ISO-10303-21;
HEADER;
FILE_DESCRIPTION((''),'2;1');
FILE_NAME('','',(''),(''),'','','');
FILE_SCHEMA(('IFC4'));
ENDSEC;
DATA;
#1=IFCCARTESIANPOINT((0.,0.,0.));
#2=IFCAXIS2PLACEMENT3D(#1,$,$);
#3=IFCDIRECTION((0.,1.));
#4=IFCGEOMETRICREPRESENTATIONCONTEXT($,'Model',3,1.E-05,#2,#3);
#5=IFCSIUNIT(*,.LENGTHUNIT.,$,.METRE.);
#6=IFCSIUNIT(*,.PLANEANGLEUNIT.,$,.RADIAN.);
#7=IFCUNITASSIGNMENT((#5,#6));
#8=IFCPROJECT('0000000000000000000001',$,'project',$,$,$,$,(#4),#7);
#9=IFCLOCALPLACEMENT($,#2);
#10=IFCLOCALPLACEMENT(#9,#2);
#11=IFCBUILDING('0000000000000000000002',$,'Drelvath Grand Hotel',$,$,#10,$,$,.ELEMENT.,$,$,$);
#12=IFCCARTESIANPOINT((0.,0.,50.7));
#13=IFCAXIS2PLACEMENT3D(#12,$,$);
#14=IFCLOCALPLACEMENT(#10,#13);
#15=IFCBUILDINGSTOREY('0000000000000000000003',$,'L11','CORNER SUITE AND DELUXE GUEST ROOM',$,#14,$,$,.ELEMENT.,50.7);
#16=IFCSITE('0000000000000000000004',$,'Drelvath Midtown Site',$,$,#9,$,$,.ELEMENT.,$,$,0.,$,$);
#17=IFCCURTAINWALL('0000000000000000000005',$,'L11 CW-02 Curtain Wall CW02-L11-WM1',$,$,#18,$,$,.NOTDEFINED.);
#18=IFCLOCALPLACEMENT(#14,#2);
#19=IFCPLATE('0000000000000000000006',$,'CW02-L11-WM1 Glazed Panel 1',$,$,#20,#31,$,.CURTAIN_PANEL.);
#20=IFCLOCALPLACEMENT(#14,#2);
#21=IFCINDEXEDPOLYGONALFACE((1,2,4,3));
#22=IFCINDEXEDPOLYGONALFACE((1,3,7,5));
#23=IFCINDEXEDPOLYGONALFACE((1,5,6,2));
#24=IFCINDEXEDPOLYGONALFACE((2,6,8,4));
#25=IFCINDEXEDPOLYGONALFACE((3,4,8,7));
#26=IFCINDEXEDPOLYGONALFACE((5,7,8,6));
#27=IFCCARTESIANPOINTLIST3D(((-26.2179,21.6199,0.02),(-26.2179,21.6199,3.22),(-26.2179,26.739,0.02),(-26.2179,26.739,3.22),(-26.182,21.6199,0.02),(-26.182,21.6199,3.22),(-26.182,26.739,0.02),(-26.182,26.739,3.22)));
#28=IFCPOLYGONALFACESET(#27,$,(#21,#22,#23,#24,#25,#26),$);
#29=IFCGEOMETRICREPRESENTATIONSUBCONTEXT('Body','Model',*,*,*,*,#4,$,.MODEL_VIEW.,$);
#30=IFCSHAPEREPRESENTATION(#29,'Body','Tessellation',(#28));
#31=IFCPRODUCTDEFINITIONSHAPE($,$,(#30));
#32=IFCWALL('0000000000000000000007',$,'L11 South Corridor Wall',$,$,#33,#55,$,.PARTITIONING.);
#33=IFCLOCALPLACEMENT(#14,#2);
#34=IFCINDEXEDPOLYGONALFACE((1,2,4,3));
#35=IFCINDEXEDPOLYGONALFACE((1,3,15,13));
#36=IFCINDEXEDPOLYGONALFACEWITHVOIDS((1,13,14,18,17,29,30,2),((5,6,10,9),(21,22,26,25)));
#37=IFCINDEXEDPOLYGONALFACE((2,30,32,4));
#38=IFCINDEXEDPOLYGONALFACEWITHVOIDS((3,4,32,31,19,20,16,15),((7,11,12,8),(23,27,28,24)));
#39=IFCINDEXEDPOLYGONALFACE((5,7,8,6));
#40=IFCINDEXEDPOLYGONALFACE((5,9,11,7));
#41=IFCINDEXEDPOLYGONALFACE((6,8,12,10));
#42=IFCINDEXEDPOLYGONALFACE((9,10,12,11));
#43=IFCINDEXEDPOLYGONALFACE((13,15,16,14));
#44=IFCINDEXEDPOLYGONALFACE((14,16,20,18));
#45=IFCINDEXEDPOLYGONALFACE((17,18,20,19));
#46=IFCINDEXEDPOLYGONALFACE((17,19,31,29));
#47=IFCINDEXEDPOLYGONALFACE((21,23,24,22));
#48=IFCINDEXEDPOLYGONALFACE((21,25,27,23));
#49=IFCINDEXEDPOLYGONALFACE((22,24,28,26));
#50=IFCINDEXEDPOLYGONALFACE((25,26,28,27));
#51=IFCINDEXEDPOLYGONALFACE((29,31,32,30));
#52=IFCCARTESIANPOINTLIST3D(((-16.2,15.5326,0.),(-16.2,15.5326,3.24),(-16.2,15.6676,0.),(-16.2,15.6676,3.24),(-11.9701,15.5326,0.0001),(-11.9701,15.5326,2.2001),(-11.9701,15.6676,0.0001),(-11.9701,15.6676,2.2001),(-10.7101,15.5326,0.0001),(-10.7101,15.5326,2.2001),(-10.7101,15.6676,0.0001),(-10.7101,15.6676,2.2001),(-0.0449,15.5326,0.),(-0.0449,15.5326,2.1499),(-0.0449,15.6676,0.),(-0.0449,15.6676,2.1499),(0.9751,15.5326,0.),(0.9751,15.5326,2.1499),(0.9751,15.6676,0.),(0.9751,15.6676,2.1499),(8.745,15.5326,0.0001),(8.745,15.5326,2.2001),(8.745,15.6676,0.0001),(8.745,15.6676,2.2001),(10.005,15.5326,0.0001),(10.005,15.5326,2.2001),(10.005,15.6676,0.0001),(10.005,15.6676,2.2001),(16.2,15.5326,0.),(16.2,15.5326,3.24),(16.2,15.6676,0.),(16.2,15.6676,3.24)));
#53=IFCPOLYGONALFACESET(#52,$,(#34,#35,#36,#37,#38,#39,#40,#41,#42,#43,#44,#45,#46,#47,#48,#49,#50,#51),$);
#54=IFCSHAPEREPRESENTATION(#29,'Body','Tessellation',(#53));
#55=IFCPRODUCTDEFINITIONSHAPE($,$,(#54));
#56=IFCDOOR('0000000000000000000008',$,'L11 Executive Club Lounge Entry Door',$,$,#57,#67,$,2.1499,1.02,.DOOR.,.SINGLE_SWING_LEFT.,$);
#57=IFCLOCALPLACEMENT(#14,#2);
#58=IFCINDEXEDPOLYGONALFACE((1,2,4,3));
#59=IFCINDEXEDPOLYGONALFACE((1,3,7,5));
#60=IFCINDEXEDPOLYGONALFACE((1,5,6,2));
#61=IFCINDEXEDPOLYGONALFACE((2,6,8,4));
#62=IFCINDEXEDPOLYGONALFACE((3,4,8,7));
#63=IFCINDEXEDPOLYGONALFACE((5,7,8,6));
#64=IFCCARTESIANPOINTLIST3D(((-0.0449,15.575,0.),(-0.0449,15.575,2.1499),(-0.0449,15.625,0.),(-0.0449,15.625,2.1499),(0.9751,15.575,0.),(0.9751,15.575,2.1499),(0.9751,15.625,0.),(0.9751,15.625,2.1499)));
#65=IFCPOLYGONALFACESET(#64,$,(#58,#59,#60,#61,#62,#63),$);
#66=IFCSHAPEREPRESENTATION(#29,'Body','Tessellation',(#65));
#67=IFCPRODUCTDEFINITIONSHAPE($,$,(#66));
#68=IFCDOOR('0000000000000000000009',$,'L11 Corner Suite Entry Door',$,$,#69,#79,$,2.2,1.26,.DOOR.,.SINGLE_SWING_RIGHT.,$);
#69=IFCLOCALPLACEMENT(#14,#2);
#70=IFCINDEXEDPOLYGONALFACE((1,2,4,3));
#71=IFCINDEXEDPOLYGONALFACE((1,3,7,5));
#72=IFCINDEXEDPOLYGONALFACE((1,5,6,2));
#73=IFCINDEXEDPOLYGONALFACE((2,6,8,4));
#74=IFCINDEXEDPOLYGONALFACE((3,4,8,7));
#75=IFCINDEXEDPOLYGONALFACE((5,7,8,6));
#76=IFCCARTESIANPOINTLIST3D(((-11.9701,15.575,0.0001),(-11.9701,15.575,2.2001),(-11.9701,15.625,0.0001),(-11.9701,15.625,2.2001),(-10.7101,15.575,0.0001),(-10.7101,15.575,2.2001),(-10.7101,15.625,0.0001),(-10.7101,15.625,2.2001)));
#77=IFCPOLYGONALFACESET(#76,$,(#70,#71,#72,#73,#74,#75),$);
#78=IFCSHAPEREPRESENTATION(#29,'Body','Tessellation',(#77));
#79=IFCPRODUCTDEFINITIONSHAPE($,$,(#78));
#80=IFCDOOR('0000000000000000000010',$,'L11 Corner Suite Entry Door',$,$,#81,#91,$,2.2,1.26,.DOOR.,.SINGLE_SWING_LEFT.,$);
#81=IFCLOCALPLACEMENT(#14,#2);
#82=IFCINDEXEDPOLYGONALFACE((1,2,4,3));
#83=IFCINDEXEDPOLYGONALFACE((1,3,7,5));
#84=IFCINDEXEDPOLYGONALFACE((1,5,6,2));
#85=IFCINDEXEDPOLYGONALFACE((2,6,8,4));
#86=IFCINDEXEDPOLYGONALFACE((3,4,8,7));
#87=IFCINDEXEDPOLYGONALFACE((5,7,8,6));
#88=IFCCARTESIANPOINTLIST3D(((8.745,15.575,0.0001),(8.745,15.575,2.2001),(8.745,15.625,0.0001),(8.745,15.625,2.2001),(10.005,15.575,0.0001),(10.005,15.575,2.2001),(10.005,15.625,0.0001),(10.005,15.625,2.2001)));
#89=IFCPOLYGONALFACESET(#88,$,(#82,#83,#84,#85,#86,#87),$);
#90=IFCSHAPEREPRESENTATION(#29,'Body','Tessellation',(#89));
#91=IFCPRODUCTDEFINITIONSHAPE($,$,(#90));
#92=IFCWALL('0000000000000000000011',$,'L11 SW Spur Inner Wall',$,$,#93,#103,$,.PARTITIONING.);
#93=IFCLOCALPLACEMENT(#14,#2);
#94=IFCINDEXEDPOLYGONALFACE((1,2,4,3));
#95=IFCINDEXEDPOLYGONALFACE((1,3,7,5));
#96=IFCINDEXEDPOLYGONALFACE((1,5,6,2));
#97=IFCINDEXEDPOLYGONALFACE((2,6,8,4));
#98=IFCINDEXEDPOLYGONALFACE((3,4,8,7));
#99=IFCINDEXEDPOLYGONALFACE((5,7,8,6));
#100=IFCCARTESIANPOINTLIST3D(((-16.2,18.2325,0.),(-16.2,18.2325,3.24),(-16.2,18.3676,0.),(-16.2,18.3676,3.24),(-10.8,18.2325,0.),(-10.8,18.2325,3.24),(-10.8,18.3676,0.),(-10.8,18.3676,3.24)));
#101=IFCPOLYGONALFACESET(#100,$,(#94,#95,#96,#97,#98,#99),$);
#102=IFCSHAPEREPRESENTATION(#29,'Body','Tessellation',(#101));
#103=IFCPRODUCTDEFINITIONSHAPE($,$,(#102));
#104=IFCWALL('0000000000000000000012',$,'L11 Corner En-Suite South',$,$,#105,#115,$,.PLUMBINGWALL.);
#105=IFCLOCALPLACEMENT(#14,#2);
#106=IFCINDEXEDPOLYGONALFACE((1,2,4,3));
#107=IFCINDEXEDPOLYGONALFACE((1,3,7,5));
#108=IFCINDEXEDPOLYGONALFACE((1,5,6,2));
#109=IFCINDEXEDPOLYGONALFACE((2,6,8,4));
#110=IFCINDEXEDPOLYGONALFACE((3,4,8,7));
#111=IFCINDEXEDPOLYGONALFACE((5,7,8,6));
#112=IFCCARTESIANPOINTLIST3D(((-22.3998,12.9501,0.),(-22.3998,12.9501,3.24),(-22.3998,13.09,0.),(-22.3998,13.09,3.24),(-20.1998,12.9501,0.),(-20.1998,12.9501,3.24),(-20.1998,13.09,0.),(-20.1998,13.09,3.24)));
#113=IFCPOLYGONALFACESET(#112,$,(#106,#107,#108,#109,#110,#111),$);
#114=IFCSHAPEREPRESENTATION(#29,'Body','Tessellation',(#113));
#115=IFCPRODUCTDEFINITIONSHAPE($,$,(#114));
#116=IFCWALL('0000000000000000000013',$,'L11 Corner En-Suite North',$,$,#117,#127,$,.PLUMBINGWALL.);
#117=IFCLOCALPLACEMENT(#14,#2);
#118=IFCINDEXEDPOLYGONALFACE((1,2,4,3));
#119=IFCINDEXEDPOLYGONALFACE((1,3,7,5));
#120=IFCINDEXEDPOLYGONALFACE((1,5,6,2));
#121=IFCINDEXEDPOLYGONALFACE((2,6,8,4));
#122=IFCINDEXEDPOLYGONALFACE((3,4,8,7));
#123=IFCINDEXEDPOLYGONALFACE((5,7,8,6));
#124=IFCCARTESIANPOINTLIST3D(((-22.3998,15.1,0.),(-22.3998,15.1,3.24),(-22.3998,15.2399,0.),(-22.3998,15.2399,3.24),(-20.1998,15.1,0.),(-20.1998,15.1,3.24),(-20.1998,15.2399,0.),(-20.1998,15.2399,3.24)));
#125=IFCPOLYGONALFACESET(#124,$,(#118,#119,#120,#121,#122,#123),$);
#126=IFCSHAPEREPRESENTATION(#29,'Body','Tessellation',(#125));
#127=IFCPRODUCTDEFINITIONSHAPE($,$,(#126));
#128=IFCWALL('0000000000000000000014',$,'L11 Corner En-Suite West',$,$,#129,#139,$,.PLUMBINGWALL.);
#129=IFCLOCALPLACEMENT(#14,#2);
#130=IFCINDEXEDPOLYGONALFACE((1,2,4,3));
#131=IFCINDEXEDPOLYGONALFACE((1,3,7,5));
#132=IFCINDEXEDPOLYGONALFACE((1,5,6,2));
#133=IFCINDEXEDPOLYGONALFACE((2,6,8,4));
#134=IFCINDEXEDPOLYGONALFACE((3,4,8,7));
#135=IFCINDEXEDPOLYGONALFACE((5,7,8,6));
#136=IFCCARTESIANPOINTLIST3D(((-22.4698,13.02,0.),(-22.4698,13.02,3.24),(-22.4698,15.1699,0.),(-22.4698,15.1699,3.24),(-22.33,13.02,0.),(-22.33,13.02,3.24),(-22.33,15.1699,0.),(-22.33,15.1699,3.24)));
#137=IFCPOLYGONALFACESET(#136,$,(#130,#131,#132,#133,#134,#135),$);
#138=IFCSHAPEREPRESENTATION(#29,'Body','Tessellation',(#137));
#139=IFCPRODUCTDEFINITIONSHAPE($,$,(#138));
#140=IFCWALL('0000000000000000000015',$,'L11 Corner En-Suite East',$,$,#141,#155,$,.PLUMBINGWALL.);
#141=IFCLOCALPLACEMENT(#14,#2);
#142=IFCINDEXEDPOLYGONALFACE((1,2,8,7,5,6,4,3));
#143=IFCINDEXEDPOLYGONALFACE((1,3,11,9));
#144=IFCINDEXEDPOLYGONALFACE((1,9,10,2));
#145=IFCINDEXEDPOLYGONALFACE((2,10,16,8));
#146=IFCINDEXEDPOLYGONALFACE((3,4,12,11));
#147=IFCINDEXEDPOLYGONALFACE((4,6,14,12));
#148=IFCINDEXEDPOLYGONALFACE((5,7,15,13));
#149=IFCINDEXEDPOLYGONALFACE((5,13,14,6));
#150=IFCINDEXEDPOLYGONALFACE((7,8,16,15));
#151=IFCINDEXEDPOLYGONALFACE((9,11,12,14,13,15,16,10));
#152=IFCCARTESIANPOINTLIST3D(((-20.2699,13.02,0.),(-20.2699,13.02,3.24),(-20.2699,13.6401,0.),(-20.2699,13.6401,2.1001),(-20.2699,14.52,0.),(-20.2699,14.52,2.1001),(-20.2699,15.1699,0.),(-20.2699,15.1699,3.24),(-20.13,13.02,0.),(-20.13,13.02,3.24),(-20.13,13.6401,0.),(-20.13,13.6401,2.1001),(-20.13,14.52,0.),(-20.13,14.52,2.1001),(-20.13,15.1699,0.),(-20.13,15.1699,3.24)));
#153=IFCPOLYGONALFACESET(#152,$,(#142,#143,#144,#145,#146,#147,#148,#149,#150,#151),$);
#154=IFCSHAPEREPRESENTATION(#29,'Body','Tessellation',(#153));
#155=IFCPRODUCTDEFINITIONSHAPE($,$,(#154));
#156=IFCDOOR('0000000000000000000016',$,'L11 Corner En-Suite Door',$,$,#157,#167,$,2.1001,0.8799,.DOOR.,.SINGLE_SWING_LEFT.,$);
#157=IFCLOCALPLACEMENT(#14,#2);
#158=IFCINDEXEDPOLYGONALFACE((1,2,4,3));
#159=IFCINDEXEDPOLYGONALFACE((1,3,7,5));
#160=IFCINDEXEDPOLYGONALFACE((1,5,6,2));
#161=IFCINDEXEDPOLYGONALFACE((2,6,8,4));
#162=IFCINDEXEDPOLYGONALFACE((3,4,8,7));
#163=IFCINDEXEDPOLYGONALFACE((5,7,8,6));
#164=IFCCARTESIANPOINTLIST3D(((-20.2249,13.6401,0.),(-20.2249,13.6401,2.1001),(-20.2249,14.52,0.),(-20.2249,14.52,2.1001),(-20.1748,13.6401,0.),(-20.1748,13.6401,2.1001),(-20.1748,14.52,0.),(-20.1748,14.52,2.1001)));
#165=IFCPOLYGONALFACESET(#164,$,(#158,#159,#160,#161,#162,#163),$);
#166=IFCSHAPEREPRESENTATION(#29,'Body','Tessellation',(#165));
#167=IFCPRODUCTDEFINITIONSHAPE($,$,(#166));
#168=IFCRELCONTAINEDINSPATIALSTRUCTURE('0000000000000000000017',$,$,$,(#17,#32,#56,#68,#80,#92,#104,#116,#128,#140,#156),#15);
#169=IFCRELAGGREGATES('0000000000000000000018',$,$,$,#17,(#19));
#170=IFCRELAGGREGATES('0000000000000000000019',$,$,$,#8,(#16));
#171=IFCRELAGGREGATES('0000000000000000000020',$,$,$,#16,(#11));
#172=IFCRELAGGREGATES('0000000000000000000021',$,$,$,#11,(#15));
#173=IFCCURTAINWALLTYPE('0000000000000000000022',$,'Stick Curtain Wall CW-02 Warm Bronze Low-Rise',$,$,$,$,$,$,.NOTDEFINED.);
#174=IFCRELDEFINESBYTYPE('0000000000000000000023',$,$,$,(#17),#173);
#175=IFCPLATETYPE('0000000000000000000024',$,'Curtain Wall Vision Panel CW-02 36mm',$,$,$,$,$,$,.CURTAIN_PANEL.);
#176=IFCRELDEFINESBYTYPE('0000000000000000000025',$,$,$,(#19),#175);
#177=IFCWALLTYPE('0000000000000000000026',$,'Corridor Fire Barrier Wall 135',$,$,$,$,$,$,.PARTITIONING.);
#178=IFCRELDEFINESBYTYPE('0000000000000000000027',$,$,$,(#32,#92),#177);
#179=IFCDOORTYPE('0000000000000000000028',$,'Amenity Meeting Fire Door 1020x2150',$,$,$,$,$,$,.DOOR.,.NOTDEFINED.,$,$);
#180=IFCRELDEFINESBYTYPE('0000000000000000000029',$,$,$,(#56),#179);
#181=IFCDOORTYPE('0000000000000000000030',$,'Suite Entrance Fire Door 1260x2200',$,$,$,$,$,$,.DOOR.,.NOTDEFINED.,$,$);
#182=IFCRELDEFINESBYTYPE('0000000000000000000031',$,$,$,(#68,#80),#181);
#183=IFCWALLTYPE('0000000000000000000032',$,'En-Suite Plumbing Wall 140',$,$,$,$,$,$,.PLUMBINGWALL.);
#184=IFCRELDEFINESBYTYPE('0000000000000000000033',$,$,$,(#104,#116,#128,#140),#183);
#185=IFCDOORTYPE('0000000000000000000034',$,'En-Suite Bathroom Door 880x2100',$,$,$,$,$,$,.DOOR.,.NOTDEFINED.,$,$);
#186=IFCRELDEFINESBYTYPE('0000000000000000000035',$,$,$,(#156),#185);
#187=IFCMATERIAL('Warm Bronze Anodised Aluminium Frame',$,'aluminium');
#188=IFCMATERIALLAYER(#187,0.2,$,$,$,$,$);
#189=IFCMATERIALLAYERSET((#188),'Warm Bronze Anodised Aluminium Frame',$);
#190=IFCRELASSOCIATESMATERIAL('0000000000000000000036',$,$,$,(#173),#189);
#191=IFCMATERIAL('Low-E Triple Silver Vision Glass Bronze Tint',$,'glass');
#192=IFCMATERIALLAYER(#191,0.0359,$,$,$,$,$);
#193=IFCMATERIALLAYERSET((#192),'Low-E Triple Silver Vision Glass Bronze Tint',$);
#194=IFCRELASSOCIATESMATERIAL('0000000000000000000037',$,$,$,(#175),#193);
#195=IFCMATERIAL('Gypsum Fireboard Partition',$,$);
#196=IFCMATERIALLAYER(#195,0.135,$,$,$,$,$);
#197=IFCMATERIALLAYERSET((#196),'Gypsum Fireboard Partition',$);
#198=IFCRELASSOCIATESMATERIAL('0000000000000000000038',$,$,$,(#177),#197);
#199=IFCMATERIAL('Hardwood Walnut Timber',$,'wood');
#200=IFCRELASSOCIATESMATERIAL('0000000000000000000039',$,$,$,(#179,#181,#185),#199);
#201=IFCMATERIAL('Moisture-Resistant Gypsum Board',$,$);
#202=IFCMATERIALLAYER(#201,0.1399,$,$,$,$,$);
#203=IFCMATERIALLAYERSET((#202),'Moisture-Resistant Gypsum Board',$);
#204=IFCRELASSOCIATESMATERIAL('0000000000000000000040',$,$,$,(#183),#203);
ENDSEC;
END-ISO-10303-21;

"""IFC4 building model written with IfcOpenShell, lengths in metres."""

from ifc_helpers import new_model, si_unit, direction, frame, frame_2d, origin, origin_2d, place, context, subcontext, project, spatial, rectangle, extrude, material, layer, layer_set, type_object, element, fill, aggregate, save


model = new_model("IFC4")

# Units and contexts
model_context = context("Model", 3, precision=1e-05, world=origin(), true_north=direction((0.0, 1.0)))
body_context = subcontext(model_context, "Body", "Model", "MODEL_VIEW")
ifc_project = project(units=[si_unit("LENGTHUNIT", "METRE"), si_unit("PLANEANGLEUNIT", "RADIAN")], contexts=[model_context])

# Site, building, storey
site_placement = place(None, origin())
site = spatial("IfcSite", under=ifc_project, at=site_placement, Name="Drelvath Midtown Site", CompositionType="ELEMENT", RefElevation=0.0)
building_placement = place(site_placement, origin())
building = spatial("IfcBuilding", under=site, at=building_placement, Name="Drelvath Grand Hotel", CompositionType="ELEMENT")
storey_placement = place(building_placement, frame((0.0, 0.0, 50.7)))
storey = spatial("IfcBuildingStorey", under=building, at=storey_placement, Name="L11", Description="CORNER SUITE AND DELUXE GUEST ROOM", CompositionType="ELEMENT", Elevation=50.7)

# Curtain wall
ifc_material_1 = material(Name="Warm Bronze Anodised Aluminium Frame", Category="aluminium")
ifc_layer_1 = layer(ifc_material_1, 0.2)
ifc_layer_set_1 = layer_set([ifc_layer_1], Name="Warm Bronze Anodised Aluminium Frame")
curtain_wall_type = type_object("IfcCurtainWallType", Name="Stick Curtain Wall CW-02 Warm Bronze Low-Rise", PredefinedType="NOTDEFINED", material=ifc_layer_set_1)
curtain_wall_1_placement = place(storey_placement, origin())
curtain_wall_1 = element("IfcCurtainWall", 1, at=curtain_wall_1_placement, inside=storey, type_object=curtain_wall_type, Name="L11 CW-02 Curtain Wall CW02-L11-WM1", PredefinedType="NOTDEFINED")

# Plate
ifc_material_2 = material(Name="Low-E Triple Silver Vision Glass Bronze Tint", Category="glass")
ifc_layer_2 = layer(ifc_material_2, 0.0359)
ifc_layer_set_2 = layer_set([ifc_layer_2], Name="Low-E Triple Silver Vision Glass Bronze Tint")
plate_type = type_object("IfcPlateType", Name="Curtain Wall Vision Panel CW-02 36mm", PredefinedType="CURTAIN_PANEL", material=ifc_layer_set_2)
plate_1_placement = place(storey_placement, frame((-26.2, 24.1794, 0.02), z_axis=(0.0, 0.0, 1.0), x_axis=(0.0, 1.0, 0.0)))
plate_1 = element("IfcPlate", 2, at=plate_1_placement, type_object=plate_type, Name="CW02-L11-WM1 Glazed Panel 1", PredefinedType="CURTAIN_PANEL", context=body_context, shape_type="SweptSolid", body=[
    extrude(rectangle(XDim=5.1191, YDim=0.0359, at=origin_2d()), origin(), (0.0, 0.0, 1.0), 3.2),
])
aggregate(curtain_wall_1, [plate_1])

# Wall, openings, doors
ifc_material_3 = material(Name="Gypsum Fireboard Partition")
ifc_layer_3 = layer(ifc_material_3, 0.135)
ifc_layer_set_3 = layer_set([ifc_layer_3], Name="Gypsum Fireboard Partition")
wall_type_1 = type_object("IfcWallType", Name="Corridor Fire Barrier Wall 135", PredefinedType="PARTITIONING", material=ifc_layer_set_3)
wall_1_placement = place(storey_placement, frame((-16.2, 15.6001, 0.0), z_axis=(0.0, 0.0, 1.0), x_axis=(1.0, 0.0, 0.0)))
wall_1 = element("IfcWall", 3, at=wall_1_placement, inside=storey, type_object=wall_type_1, Name="L11 South Corridor Wall", PredefinedType="PARTITIONING", context=body_context, shape_type="SweptSolid", body=[
    extrude(rectangle(XDim=32.3999, YDim=0.135, at=frame_2d((16.2, 0.0))), origin(), (0.0, 0.0, 1.0), 3.24),
])
opening_1_placement = place(wall_1_placement, frame((4.23, 0.0, 0.0)))
opening_1 = element("IfcOpeningElement", 4, at=opening_1_placement, cuts=wall_1, PredefinedType="OPENING", context=body_context, shape_type="SweptSolid", body=[
    extrude(rectangle(XDim=1.26, YDim=2.2, at=frame_2d((0.6299, 1.1001))), frame((0.0, 0.0774, 0.0), z_axis=(0.0, -1.0, 0.0), x_axis=(1.0, 0.0, 0.0)), (0.0, 0.0, 1.0), 0.155),
])
opening_2_placement = place(wall_1_placement, frame((16.155, 0.0, 0.0)))
opening_2 = element("IfcOpeningElement", 5, at=opening_2_placement, cuts=wall_1, PredefinedType="OPENING", context=body_context, shape_type="SweptSolid", body=[
    extrude(rectangle(XDim=1.02, YDim=2.1499, at=frame_2d((0.51, 1.075))), frame((0.0, 0.0774, 0.0), z_axis=(0.0, -1.0, 0.0), x_axis=(1.0, 0.0, 0.0)), (0.0, 0.0, 1.0), 0.155),
])
opening_3_placement = place(wall_1_placement, frame((24.9451, 0.0, 0.0)))
opening_3 = element("IfcOpeningElement", 6, at=opening_3_placement, cuts=wall_1, PredefinedType="OPENING", context=body_context, shape_type="SweptSolid", body=[
    extrude(rectangle(XDim=1.26, YDim=2.2, at=frame_2d((0.6299, 1.1001))), frame((0.0, 0.0774, 0.0), z_axis=(0.0, -1.0, 0.0), x_axis=(1.0, 0.0, 0.0)), (0.0, 0.0, 1.0), 0.155),
])
ifc_material_4 = material(Name="Hardwood Walnut Timber", Category="wood")
door_type_1 = type_object("IfcDoorType", Name="Amenity Meeting Fire Door 1020x2150", OperationType="NOTDEFINED", PredefinedType="DOOR", material=ifc_material_4)
door_1_placement = place(opening_2_placement, origin())
door_1 = element("IfcDoor", 7, at=door_1_placement, inside=storey, type_object=door_type_1, Name="L11 Executive Club Lounge Entry Door", OperationType="SINGLE_SWING_LEFT", OverallHeight=2.1499, OverallWidth=1.02, PredefinedType="DOOR", context=body_context, shape_type="SweptSolid", body=[
    extrude(rectangle(XDim=1.02, YDim=2.1499, at=frame_2d((0.51, 1.075))), frame((0.0, 0.0249, 0.0), z_axis=(0.0, -1.0, 0.0), x_axis=(1.0, 0.0, 0.0)), (0.0, 0.0, 1.0), 0.05),
])
fill(opening_2, door_1)
door_type_2 = type_object("IfcDoorType", Name="Suite Entrance Fire Door 1260x2200", OperationType="NOTDEFINED", PredefinedType="DOOR", material=ifc_material_4)
door_2_placement = place(opening_1_placement, origin())
door_2 = element("IfcDoor", 8, at=door_2_placement, inside=storey, type_object=door_type_2, Name="L11 Corner Suite Entry Door", OperationType="SINGLE_SWING_RIGHT", OverallHeight=2.2, OverallWidth=1.26, PredefinedType="DOOR", context=body_context, shape_type="SweptSolid", body=[
    extrude(rectangle(XDim=1.26, YDim=2.2, at=frame_2d((0.6299, 1.1001))), frame((0.0, 0.0249, 0.0), z_axis=(0.0, -1.0, 0.0), x_axis=(1.0, 0.0, 0.0)), (0.0, 0.0, 1.0), 0.05),
])
fill(opening_1, door_2)
door_3_placement = place(opening_3_placement, origin())
door_3 = element("IfcDoor", 9, at=door_3_placement, inside=storey, type_object=door_type_2, Name="L11 Corner Suite Entry Door", OperationType="SINGLE_SWING_LEFT", OverallHeight=2.2, OverallWidth=1.26, PredefinedType="DOOR", context=body_context, shape_type="SweptSolid", body=[
    extrude(rectangle(XDim=1.26, YDim=2.2, at=frame_2d((0.6299, 1.1001))), frame((0.0, 0.0249, 0.0), z_axis=(0.0, -1.0, 0.0), x_axis=(1.0, 0.0, 0.0)), (0.0, 0.0, 1.0), 0.05),
])
fill(opening_3, door_3)

# Wall
wall_2_placement = place(storey_placement, frame((-16.2, 18.3, 0.0), z_axis=(0.0, 0.0, 1.0), x_axis=(1.0, 0.0, 0.0)))
element("IfcWall", 10, at=wall_2_placement, inside=storey, type_object=wall_type_1, Name="L11 SW Spur Inner Wall", PredefinedType="PARTITIONING", context=body_context, shape_type="SweptSolid", body=[
    extrude(rectangle(XDim=5.3999, YDim=0.135, at=frame_2d((2.7, 0.0))), origin(), (0.0, 0.0, 1.0), 3.24),
])

# Walls
ifc_material_5 = material(Name="Moisture-Resistant Gypsum Board")
ifc_layer_4 = layer(ifc_material_5, 0.1399)
ifc_layer_set_4 = layer_set([ifc_layer_4], Name="Moisture-Resistant Gypsum Board")
wall_type_2 = type_object("IfcWallType", Name="En-Suite Plumbing Wall 140", PredefinedType="PLUMBINGWALL", material=ifc_layer_set_4)
for number, where, z_axis, x_axis, name in (
    (11, (-22.3999, 13.02, 0.0), (0.0, 0.0, 1.0), (1.0, 0.0, 0.0), "L11 Corner En-Suite South"),
    (12, (-22.3999, 15.1699, 0.0), (0.0, 0.0, 1.0), (1.0, 0.0, 0.0), "L11 Corner En-Suite North"),
):
    element("IfcWall", number, at=place(storey_placement, frame(where, z_axis=z_axis, x_axis=x_axis)), inside=storey, type_object=wall_type_2, Name=name, PredefinedType="PLUMBINGWALL", context=body_context, shape_type="SweptSolid", body=[
        extrude(rectangle(XDim=2.2, YDim=0.1399, at=frame_2d((1.1001, 0.0))), origin(), (0.0, 0.0, 1.0), 3.24),
    ])
wall_3_placement = place(storey_placement, frame((-22.3999, 13.02, 0.0), z_axis=(0.0, 0.0, 1.0), x_axis=(0.0, 1.0, 0.0)))
element("IfcWall", 13, at=wall_3_placement, inside=storey, type_object=wall_type_2, Name="L11 Corner En-Suite West", PredefinedType="PLUMBINGWALL", context=body_context, shape_type="SweptSolid", body=[
    extrude(rectangle(XDim=2.1499, YDim=0.1399, at=frame_2d((1.075, 0.0))), origin(), (0.0, 0.0, 1.0), 3.24),
])

# Wall, opening, door
wall_4_placement = place(storey_placement, frame((-20.2, 13.02, 0.0), z_axis=(0.0, 0.0, 1.0), x_axis=(0.0, 1.0, 0.0)))
wall_4 = element("IfcWall", 14, at=wall_4_placement, inside=storey, type_object=wall_type_2, Name="L11 Corner En-Suite East", PredefinedType="PLUMBINGWALL", context=body_context, shape_type="SweptSolid", body=[
    extrude(rectangle(XDim=2.1499, YDim=0.1399, at=frame_2d((1.075, 0.0))), origin(), (0.0, 0.0, 1.0), 3.24),
])
opening_4_placement = place(wall_4_placement, frame((0.6201, 0.0, 0.0)))
opening_4 = element("IfcOpeningElement", 15, at=opening_4_placement, cuts=wall_4, PredefinedType="OPENING", context=body_context, shape_type="SweptSolid", body=[
    extrude(rectangle(XDim=0.8799, YDim=2.1001, at=frame_2d((0.4399, 1.05))), frame((0.0, 0.0798, 0.0), z_axis=(0.0, -1.0, 0.0), x_axis=(1.0, 0.0, 0.0)), (0.0, 0.0, 1.0), 0.1599),
])
door_type_3 = type_object("IfcDoorType", Name="En-Suite Bathroom Door 880x2100", OperationType="NOTDEFINED", PredefinedType="DOOR", material=ifc_material_4)
door_4_placement = place(opening_4_placement, origin())
door_4 = element("IfcDoor", 16, at=door_4_placement, inside=storey, type_object=door_type_3, Name="L11 Corner En-Suite Door", OperationType="SINGLE_SWING_LEFT", OverallHeight=2.1001, OverallWidth=0.8799, PredefinedType="DOOR", context=body_context, shape_type="SweptSolid", body=[
    extrude(rectangle(XDim=0.8799, YDim=2.1001, at=frame_2d((0.4399, 1.05))), frame((0.0, 0.0249, 0.0), z_axis=(0.0, -1.0, 0.0), x_axis=(1.0, 0.0, 0.0)), (0.0, 0.0, 1.0), 0.05),
])
fill(opening_4, door_4)

save(model, "model.ifc")
